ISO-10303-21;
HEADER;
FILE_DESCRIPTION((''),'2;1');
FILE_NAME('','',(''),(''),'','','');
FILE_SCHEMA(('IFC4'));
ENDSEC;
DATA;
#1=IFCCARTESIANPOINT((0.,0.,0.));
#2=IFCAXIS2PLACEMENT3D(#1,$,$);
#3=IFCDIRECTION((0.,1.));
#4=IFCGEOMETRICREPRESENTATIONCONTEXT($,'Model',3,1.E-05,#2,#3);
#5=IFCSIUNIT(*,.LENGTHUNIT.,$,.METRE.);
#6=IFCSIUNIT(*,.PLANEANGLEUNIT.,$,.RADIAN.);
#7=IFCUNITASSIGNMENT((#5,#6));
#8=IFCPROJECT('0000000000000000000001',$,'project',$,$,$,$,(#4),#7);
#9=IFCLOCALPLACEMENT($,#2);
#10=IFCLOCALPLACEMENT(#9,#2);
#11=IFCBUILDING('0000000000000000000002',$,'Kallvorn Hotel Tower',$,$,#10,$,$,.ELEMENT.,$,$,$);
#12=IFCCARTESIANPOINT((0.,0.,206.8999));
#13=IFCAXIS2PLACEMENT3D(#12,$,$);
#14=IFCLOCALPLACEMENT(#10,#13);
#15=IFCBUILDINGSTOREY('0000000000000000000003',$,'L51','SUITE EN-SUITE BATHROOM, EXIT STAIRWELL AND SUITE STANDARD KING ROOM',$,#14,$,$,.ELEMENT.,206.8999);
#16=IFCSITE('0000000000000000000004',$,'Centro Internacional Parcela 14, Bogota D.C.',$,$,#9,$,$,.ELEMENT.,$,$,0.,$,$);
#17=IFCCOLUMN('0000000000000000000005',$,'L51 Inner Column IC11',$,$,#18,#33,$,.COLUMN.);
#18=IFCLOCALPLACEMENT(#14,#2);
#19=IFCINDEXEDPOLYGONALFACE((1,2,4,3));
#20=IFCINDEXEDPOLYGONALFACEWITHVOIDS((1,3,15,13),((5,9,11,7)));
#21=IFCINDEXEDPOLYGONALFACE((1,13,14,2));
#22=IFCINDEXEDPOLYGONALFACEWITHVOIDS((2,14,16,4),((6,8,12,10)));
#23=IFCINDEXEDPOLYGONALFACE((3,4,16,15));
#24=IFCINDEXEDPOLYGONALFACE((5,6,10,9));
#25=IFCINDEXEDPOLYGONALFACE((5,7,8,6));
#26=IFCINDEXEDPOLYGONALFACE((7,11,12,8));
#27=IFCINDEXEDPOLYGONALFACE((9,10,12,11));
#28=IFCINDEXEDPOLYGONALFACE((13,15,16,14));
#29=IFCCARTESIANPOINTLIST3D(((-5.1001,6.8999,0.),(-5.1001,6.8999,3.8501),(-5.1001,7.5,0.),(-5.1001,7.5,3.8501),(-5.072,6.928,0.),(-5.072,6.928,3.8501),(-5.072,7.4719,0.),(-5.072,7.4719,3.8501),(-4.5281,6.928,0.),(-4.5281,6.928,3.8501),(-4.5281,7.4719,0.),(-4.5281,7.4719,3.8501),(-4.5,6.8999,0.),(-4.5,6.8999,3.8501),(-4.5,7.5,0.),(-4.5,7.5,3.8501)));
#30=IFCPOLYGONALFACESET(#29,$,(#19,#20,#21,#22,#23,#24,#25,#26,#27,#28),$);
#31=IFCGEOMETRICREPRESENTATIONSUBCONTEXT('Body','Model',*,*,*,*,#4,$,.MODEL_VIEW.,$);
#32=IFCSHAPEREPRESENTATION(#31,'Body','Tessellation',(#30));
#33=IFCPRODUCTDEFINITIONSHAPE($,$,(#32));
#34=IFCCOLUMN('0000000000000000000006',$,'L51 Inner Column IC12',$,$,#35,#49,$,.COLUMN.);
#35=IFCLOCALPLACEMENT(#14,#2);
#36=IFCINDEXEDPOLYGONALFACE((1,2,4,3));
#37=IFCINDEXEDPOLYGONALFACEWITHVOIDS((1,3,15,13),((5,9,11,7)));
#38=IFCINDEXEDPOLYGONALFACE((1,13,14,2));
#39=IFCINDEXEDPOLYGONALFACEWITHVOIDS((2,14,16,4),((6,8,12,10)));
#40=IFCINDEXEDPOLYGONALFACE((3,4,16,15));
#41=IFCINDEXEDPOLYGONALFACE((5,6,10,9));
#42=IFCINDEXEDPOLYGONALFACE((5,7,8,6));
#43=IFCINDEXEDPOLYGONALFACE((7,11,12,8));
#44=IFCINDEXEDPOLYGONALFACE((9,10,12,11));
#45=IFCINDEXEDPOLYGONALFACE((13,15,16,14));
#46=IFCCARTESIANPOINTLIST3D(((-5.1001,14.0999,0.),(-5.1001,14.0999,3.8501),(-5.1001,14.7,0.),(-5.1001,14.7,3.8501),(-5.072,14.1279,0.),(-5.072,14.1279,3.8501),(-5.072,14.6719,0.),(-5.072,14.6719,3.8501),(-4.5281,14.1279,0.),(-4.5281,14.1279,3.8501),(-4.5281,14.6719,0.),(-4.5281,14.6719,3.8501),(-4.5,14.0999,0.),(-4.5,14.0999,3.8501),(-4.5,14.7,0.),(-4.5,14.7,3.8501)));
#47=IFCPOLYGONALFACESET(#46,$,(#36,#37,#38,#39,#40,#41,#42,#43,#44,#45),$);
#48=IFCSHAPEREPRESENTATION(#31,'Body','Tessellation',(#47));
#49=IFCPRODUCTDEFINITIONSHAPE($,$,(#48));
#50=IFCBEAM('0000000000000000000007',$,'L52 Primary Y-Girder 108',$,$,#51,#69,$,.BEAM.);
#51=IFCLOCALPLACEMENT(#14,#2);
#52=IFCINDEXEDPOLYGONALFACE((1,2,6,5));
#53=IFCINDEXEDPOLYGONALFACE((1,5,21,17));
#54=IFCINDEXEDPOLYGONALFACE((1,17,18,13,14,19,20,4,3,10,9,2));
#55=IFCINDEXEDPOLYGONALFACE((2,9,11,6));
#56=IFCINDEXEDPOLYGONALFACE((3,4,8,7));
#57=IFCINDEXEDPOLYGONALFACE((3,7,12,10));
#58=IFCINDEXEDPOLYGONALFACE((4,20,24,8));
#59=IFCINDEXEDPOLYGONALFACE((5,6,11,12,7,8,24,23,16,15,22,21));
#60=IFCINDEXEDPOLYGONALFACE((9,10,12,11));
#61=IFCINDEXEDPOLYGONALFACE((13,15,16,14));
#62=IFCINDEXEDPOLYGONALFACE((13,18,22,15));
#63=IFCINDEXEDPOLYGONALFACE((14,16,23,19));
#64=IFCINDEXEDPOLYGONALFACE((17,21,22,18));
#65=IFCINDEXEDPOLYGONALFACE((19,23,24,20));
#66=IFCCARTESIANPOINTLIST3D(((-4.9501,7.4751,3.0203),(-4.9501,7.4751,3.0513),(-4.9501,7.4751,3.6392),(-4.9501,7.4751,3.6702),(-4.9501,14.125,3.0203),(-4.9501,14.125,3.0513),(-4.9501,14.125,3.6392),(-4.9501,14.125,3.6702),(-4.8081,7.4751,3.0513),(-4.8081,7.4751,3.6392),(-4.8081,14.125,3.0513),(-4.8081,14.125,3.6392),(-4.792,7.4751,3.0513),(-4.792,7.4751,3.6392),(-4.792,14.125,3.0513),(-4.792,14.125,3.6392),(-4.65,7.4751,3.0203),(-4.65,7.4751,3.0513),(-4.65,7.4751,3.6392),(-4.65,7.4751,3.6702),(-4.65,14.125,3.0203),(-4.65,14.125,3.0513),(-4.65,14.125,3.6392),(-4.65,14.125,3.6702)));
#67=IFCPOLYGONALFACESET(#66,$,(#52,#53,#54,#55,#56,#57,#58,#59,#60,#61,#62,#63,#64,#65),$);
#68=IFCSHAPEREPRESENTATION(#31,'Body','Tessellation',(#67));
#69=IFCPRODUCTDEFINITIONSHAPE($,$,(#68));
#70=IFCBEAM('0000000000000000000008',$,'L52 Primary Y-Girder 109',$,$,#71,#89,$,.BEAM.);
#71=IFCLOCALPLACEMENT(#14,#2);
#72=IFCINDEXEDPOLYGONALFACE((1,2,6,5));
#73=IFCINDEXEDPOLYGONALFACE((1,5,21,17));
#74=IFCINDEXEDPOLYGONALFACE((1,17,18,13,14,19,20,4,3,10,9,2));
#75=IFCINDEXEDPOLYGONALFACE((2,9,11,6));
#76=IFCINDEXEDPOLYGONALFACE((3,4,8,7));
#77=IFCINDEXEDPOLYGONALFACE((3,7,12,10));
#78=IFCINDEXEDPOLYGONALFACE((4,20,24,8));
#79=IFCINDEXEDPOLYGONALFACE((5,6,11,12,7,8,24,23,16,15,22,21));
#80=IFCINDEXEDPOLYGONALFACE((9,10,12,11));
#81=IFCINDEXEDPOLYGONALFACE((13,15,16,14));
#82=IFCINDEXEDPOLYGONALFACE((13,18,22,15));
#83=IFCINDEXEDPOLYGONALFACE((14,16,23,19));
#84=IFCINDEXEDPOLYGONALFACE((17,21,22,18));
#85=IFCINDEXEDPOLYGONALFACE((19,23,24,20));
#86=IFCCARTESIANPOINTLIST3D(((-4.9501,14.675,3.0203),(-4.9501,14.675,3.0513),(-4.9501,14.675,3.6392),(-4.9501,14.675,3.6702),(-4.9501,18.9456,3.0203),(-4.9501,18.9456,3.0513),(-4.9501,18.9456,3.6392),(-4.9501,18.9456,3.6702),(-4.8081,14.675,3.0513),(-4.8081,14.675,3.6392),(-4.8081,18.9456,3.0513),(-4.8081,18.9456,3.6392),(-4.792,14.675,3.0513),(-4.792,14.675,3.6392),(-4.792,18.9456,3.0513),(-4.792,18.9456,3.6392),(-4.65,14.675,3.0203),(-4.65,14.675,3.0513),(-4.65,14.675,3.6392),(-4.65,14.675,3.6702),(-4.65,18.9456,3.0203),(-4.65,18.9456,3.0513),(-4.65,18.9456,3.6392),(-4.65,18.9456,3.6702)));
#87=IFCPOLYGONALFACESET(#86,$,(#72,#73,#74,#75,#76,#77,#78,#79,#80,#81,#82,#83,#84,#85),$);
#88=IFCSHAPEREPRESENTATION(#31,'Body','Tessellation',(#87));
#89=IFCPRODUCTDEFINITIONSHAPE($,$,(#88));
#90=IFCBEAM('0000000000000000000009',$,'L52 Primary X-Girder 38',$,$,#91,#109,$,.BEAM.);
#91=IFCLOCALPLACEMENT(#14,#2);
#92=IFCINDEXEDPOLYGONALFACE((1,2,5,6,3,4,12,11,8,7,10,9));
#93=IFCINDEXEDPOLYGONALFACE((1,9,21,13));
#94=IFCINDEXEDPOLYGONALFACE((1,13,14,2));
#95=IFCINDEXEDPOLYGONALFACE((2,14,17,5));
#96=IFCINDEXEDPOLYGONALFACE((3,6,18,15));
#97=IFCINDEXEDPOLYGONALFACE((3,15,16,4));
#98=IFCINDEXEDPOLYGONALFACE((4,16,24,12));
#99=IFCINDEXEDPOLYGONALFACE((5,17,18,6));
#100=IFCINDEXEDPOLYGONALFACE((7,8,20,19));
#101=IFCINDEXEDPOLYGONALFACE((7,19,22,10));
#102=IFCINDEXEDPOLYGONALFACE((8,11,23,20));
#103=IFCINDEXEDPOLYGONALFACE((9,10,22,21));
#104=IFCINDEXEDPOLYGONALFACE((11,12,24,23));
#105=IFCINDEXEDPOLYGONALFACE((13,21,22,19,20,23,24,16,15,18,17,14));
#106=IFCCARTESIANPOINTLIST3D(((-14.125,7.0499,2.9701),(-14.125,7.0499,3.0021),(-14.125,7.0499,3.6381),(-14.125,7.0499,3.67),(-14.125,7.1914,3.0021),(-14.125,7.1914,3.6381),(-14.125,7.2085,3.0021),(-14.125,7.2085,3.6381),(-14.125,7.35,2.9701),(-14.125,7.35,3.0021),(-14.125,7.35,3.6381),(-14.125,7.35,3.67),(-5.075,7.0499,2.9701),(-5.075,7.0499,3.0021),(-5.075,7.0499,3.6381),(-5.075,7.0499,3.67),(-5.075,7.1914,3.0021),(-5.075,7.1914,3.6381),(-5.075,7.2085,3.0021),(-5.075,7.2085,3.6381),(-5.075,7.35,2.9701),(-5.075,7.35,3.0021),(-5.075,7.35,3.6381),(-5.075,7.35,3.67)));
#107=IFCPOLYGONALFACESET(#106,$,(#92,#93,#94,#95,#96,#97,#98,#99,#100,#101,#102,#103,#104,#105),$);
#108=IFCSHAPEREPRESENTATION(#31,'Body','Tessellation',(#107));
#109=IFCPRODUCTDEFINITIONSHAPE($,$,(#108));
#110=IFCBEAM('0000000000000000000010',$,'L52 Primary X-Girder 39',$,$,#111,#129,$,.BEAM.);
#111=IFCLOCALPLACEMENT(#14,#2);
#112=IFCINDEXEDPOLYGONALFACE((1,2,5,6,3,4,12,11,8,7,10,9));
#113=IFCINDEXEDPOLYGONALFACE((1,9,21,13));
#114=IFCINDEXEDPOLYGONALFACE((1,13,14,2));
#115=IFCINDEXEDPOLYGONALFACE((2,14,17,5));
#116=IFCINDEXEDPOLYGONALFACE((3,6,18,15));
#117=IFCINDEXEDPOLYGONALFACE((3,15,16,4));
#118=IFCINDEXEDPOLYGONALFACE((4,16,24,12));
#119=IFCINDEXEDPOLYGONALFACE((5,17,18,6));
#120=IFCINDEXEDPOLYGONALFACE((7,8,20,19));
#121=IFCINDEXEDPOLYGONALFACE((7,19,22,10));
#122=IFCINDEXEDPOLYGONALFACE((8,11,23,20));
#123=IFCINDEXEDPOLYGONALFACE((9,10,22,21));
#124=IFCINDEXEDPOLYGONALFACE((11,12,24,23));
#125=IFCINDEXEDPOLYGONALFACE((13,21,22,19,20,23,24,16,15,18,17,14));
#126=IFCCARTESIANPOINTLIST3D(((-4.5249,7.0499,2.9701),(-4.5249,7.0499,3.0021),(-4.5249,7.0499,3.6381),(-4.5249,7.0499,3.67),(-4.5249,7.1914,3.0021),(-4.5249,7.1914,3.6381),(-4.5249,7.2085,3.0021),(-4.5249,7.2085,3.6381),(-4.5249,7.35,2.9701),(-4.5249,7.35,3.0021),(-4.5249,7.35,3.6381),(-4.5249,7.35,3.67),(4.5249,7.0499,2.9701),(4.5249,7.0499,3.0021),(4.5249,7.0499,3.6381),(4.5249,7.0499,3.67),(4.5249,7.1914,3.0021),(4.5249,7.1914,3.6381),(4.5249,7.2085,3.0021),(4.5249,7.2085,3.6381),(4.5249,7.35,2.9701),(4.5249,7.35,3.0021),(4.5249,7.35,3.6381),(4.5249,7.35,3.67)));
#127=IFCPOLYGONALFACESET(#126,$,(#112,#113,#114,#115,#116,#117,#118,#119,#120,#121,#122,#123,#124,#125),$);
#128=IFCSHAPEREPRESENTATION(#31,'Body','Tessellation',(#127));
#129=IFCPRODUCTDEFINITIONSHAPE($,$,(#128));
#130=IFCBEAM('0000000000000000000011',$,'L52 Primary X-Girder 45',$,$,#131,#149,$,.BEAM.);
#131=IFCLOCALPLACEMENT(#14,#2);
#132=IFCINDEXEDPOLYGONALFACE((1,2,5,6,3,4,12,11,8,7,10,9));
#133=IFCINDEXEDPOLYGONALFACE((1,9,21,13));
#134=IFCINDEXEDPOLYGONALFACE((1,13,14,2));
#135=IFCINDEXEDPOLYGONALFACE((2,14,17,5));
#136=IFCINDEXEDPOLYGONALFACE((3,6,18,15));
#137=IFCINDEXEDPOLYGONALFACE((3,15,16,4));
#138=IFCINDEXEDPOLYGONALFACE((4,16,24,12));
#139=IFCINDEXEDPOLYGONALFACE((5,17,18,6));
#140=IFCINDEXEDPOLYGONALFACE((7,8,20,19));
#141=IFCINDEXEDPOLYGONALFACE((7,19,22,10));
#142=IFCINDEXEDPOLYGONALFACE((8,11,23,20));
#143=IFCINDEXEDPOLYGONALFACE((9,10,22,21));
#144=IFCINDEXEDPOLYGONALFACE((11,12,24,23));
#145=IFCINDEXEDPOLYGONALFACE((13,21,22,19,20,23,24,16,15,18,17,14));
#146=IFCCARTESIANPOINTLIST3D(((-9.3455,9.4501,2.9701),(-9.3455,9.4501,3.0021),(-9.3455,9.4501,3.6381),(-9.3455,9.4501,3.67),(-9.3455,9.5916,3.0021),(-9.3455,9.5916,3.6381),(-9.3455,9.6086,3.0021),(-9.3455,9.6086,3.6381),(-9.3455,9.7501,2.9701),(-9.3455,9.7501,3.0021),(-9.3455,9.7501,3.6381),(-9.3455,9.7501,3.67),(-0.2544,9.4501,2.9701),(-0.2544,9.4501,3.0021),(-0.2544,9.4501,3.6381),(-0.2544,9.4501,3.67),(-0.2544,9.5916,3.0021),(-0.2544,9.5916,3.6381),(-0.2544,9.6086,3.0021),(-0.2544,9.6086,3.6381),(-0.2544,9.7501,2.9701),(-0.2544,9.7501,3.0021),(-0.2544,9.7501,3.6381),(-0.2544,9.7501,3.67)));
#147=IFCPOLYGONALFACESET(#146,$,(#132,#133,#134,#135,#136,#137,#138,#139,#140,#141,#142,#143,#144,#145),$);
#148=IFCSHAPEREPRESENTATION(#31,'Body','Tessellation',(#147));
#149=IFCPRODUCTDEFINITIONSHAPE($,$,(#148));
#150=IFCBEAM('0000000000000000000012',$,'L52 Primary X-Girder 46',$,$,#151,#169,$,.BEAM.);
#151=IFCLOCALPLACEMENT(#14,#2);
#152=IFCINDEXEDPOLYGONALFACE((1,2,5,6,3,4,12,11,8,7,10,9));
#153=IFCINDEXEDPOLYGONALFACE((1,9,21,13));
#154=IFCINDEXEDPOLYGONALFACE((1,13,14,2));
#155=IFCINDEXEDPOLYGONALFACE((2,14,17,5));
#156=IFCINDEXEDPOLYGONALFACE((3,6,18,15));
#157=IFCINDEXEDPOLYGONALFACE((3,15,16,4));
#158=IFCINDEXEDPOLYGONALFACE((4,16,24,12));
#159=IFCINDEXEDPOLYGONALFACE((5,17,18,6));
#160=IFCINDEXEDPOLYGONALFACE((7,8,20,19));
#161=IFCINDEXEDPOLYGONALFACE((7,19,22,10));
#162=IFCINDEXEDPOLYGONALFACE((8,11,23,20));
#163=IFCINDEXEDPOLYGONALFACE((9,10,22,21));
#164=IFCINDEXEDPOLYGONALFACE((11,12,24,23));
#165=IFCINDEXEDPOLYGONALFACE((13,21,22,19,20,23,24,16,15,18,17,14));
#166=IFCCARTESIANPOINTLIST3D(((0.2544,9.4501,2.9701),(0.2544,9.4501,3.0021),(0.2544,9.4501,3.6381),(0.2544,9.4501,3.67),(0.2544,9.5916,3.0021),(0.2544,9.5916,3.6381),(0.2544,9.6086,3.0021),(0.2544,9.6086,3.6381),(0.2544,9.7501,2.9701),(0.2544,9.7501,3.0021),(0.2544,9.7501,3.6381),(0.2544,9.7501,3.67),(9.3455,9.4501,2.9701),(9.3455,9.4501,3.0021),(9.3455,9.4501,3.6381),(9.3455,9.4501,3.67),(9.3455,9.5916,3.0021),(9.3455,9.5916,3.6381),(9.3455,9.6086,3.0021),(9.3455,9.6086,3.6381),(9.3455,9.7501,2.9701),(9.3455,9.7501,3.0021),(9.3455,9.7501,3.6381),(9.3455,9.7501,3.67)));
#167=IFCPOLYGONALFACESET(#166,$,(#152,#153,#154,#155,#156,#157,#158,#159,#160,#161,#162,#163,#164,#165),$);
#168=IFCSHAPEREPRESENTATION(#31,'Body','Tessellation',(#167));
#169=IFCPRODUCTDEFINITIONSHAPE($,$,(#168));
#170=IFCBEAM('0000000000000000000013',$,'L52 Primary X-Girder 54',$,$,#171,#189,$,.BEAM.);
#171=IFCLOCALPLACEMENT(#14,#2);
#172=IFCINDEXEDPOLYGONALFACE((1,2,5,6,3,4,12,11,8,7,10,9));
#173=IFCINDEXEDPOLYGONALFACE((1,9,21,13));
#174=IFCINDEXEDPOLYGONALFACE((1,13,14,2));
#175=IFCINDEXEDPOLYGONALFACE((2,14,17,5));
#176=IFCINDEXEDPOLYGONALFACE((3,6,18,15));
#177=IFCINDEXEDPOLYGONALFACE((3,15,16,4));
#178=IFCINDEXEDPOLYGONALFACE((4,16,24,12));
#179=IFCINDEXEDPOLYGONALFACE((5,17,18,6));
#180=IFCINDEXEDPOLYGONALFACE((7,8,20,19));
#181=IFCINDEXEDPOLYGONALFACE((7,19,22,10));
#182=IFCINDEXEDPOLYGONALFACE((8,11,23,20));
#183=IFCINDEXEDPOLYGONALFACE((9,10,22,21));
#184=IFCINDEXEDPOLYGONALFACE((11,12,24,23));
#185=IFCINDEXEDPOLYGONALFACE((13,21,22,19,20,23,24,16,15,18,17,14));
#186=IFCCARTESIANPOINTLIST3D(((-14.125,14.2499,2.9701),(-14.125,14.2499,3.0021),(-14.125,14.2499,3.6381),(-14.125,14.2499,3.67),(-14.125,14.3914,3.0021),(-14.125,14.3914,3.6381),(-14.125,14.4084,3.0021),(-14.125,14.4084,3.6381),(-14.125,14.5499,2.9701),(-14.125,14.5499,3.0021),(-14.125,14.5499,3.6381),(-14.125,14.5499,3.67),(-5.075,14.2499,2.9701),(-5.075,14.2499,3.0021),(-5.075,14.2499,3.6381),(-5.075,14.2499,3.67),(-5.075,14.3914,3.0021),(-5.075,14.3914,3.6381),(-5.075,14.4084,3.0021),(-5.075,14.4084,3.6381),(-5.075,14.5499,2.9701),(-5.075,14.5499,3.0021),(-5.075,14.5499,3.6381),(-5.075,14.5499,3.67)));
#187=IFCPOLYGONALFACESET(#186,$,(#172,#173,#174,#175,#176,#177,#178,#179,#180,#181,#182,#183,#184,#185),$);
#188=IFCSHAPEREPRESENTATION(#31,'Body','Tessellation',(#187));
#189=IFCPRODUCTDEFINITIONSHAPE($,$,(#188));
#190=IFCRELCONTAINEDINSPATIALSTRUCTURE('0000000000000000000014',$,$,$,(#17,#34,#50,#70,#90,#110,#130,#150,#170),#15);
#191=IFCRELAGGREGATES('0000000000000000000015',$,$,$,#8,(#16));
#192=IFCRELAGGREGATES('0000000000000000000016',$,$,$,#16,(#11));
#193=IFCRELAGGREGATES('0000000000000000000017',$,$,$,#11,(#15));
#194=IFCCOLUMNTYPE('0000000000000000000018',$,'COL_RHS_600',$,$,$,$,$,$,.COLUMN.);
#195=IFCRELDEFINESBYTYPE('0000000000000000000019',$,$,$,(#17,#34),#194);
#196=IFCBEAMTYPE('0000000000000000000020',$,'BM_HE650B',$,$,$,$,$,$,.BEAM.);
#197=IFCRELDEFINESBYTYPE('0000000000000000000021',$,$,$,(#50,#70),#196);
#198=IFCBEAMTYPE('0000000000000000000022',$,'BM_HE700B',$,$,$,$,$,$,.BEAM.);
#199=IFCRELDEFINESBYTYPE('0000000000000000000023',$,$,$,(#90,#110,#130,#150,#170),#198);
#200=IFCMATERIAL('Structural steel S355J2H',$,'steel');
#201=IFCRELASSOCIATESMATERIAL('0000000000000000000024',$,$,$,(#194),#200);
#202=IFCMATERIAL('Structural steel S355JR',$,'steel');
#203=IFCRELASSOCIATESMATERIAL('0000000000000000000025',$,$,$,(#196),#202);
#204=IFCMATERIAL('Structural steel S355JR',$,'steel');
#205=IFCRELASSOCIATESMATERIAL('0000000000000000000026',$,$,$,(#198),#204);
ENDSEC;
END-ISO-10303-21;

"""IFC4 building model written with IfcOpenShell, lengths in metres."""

from ifc_helpers import new_model, si_unit, direction, frame, origin, origin_2d, place, context, subcontext, project, spatial, hollow_rectangle, i_section, extrude, material, material_profile, profile_set, type_object, element, save


model = new_model("IFC4")

# Units and contexts
model_context = context("Model", 3, precision=1e-05, world=origin(), true_north=direction((0.0, 1.0)))
body_context = subcontext(model_context, "Body", "Model", "MODEL_VIEW")
ifc_project = project(units=[si_unit("LENGTHUNIT", "METRE"), si_unit("PLANEANGLEUNIT", "RADIAN")], contexts=[model_context])

# Site, building, storey
site_placement = place(None, origin())
site = spatial("IfcSite", under=ifc_project, at=site_placement, Name="Centro Internacional Parcela 14, Bogota D.C.", CompositionType="ELEMENT", RefElevation=0.0)
building_placement = place(site_placement, origin())
building = spatial("IfcBuilding", under=site, at=building_placement, Name="Kallvorn Hotel Tower", CompositionType="ELEMENT")
storey_placement = place(building_placement, frame((0.0, 0.0, 206.8999)))
storey = spatial("IfcBuildingStorey", under=building, at=storey_placement, Name="L51", Description="SUITE EN-SUITE BATHROOM, EXIT STAIRWELL AND SUITE STANDARD KING ROOM", CompositionType="ELEMENT", Elevation=206.8999)

# Columns
ifc_material_1 = material(Name="Structural steel S355J2H", Category="steel")
ifc_material_profile_1 = material_profile(ifc_material_1, hollow_rectangle(XDim=0.6001, YDim=0.6001, WallThickness=0.0281, at=origin_2d()), Name="RHS 600x600x28")
ifc_profile_set_1 = profile_set([ifc_material_profile_1], Name="Structural steel S355J2H")
column_type_1 = type_object("IfcColumnType", Name="COL_RHS_600", PredefinedType="COLUMN", material=ifc_profile_set_1)
for number, where, z_axis, x_axis, name in (
    (1, (-4.8, 7.2, 0.0), (0.0, 0.0, 1.0), (1.0, 0.0, 0.0), "L51 Inner Column IC11"),
    (2, (-4.8, 14.3999, 0.0), (0.0, 0.0, 1.0), (1.0, 0.0, 0.0), "L51 Inner Column IC12"),
):
    element("IfcColumn", number, at=place(storey_placement, frame(where, z_axis=z_axis, x_axis=x_axis)), inside=storey, type_object=column_type_1, Name=name, PredefinedType="COLUMN", context=body_context, shape_type="SweptSolid", body=[
        extrude(hollow_rectangle(XDim=0.6001, YDim=0.6001, WallThickness=0.0281, at=origin_2d()), origin(), (0.0, 0.0, 1.0), 3.8501),
    ])

# Beams
ifc_material_2 = material(Name="Structural steel S355JR", Category="steel")
ifc_material_profile_2 = material_profile(ifc_material_2, i_section(OverallWidth=0.3, OverallDepth=0.6499, WebThickness=0.0161, FlangeThickness=0.031, at=origin_2d()), Name="HE 650 B")
ifc_profile_set_2 = profile_set([ifc_material_profile_2], Name="Structural steel S355JR")
beam_type_1 = type_object("IfcBeamType", Name="BM_HE650B", PredefinedType="BEAM", material=ifc_profile_set_2)
beam_1_placement = place(storey_placement, frame((-4.8, 7.4751, 3.3452), z_axis=(0.0, 1.0, 0.0), x_axis=(-1.0, 0.0, 0.0)))
element("IfcBeam", 3, at=beam_1_placement, inside=storey, type_object=beam_type_1, Name="L52 Primary Y-Girder 108", PredefinedType="BEAM", context=body_context, shape_type="SweptSolid", body=[
    extrude(i_section(OverallWidth=0.3, OverallDepth=0.6499, WebThickness=0.0161, FlangeThickness=0.031, at=origin_2d()), origin(), (0.0, 0.0, 1.0), 6.6499),
])
beam_2_placement = place(storey_placement, frame((-4.8, 14.675, 3.3452), z_axis=(0.0, 1.0, 0.0), x_axis=(-1.0, 0.0, 0.0)))
element("IfcBeam", 4, at=beam_2_placement, inside=storey, type_object=beam_type_1, Name="L52 Primary Y-Girder 109", PredefinedType="BEAM", context=body_context, shape_type="SweptSolid", body=[
    extrude(i_section(OverallWidth=0.3, OverallDepth=0.6499, WebThickness=0.0161, FlangeThickness=0.031, at=origin_2d()), origin(), (0.0, 0.0, 1.0), 4.2705),
])
ifc_material_3 = material(Name="Structural steel S355JR", Category="steel")
ifc_material_profile_3 = material_profile(ifc_material_3, i_section(OverallWidth=0.3, OverallDepth=0.7, WebThickness=0.0171, FlangeThickness=0.032, at=origin_2d()), Name="HE 700 B")
ifc_profile_set_3 = profile_set([ifc_material_profile_3], Name="Structural steel S355JR")
beam_type_2 = type_object("IfcBeamType", Name="BM_HE700B", PredefinedType="BEAM", material=ifc_profile_set_3)
beam_3_placement = place(storey_placement, frame((-14.125, 7.2, 3.3201), z_axis=(1.0, 0.0, 0.0), x_axis=(0.0, 1.0, 0.0)))
element("IfcBeam", 5, at=beam_3_placement, inside=storey, type_object=beam_type_2, Name="L52 Primary X-Girder 38", PredefinedType="BEAM", context=body_context, shape_type="SweptSolid", body=[
    extrude(i_section(OverallWidth=0.3, OverallDepth=0.7, WebThickness=0.0171, FlangeThickness=0.032, at=origin_2d()), origin(), (0.0, 0.0, 1.0), 9.05),
])
beam_4_placement = place(storey_placement, frame((-4.5249, 7.2, 3.3201), z_axis=(1.0, 0.0, 0.0), x_axis=(0.0, 1.0, 0.0)))
element("IfcBeam", 6, at=beam_4_placement, inside=storey, type_object=beam_type_2, Name="L52 Primary X-Girder 39", PredefinedType="BEAM", context=body_context, shape_type="SweptSolid", body=[
    extrude(i_section(OverallWidth=0.3, OverallDepth=0.7, WebThickness=0.0171, FlangeThickness=0.032, at=origin_2d()), origin(), (0.0, 0.0, 1.0), 9.0498),
])
for number, where, z_axis, x_axis, name in (
    (7, (-9.3455, 9.6001, 3.3201), (1.0, 0.0, 0.0), (0.0, 1.0, 0.0), "L52 Primary X-Girder 45"),
    (8, (0.2544, 9.6001, 3.3201), (1.0, 0.0, 0.0), (0.0, 1.0, 0.0), "L52 Primary X-Girder 46"),
):
    element("IfcBeam", number, at=place(storey_placement, frame(where, z_axis=z_axis, x_axis=x_axis)), inside=storey, type_object=beam_type_2, Name=name, PredefinedType="BEAM", context=body_context, shape_type="SweptSolid", body=[
        extrude(i_section(OverallWidth=0.3, OverallDepth=0.7, WebThickness=0.0171, FlangeThickness=0.032, at=origin_2d()), origin(), (0.0, 0.0, 1.0), 9.0911),
    ])
beam_5_placement = place(storey_placement, frame((-14.125, 14.3999, 3.3201), z_axis=(1.0, 0.0, 0.0), x_axis=(0.0, 1.0, 0.0)))
element("IfcBeam", 9, at=beam_5_placement, inside=storey, type_object=beam_type_2, Name="L52 Primary X-Girder 54", PredefinedType="BEAM", context=body_context, shape_type="SweptSolid", body=[
    extrude(i_section(OverallWidth=0.3, OverallDepth=0.7, WebThickness=0.0171, FlangeThickness=0.032, at=origin_2d()), origin(), (0.0, 0.0, 1.0), 9.05),
])

save(model, "model.ifc")
